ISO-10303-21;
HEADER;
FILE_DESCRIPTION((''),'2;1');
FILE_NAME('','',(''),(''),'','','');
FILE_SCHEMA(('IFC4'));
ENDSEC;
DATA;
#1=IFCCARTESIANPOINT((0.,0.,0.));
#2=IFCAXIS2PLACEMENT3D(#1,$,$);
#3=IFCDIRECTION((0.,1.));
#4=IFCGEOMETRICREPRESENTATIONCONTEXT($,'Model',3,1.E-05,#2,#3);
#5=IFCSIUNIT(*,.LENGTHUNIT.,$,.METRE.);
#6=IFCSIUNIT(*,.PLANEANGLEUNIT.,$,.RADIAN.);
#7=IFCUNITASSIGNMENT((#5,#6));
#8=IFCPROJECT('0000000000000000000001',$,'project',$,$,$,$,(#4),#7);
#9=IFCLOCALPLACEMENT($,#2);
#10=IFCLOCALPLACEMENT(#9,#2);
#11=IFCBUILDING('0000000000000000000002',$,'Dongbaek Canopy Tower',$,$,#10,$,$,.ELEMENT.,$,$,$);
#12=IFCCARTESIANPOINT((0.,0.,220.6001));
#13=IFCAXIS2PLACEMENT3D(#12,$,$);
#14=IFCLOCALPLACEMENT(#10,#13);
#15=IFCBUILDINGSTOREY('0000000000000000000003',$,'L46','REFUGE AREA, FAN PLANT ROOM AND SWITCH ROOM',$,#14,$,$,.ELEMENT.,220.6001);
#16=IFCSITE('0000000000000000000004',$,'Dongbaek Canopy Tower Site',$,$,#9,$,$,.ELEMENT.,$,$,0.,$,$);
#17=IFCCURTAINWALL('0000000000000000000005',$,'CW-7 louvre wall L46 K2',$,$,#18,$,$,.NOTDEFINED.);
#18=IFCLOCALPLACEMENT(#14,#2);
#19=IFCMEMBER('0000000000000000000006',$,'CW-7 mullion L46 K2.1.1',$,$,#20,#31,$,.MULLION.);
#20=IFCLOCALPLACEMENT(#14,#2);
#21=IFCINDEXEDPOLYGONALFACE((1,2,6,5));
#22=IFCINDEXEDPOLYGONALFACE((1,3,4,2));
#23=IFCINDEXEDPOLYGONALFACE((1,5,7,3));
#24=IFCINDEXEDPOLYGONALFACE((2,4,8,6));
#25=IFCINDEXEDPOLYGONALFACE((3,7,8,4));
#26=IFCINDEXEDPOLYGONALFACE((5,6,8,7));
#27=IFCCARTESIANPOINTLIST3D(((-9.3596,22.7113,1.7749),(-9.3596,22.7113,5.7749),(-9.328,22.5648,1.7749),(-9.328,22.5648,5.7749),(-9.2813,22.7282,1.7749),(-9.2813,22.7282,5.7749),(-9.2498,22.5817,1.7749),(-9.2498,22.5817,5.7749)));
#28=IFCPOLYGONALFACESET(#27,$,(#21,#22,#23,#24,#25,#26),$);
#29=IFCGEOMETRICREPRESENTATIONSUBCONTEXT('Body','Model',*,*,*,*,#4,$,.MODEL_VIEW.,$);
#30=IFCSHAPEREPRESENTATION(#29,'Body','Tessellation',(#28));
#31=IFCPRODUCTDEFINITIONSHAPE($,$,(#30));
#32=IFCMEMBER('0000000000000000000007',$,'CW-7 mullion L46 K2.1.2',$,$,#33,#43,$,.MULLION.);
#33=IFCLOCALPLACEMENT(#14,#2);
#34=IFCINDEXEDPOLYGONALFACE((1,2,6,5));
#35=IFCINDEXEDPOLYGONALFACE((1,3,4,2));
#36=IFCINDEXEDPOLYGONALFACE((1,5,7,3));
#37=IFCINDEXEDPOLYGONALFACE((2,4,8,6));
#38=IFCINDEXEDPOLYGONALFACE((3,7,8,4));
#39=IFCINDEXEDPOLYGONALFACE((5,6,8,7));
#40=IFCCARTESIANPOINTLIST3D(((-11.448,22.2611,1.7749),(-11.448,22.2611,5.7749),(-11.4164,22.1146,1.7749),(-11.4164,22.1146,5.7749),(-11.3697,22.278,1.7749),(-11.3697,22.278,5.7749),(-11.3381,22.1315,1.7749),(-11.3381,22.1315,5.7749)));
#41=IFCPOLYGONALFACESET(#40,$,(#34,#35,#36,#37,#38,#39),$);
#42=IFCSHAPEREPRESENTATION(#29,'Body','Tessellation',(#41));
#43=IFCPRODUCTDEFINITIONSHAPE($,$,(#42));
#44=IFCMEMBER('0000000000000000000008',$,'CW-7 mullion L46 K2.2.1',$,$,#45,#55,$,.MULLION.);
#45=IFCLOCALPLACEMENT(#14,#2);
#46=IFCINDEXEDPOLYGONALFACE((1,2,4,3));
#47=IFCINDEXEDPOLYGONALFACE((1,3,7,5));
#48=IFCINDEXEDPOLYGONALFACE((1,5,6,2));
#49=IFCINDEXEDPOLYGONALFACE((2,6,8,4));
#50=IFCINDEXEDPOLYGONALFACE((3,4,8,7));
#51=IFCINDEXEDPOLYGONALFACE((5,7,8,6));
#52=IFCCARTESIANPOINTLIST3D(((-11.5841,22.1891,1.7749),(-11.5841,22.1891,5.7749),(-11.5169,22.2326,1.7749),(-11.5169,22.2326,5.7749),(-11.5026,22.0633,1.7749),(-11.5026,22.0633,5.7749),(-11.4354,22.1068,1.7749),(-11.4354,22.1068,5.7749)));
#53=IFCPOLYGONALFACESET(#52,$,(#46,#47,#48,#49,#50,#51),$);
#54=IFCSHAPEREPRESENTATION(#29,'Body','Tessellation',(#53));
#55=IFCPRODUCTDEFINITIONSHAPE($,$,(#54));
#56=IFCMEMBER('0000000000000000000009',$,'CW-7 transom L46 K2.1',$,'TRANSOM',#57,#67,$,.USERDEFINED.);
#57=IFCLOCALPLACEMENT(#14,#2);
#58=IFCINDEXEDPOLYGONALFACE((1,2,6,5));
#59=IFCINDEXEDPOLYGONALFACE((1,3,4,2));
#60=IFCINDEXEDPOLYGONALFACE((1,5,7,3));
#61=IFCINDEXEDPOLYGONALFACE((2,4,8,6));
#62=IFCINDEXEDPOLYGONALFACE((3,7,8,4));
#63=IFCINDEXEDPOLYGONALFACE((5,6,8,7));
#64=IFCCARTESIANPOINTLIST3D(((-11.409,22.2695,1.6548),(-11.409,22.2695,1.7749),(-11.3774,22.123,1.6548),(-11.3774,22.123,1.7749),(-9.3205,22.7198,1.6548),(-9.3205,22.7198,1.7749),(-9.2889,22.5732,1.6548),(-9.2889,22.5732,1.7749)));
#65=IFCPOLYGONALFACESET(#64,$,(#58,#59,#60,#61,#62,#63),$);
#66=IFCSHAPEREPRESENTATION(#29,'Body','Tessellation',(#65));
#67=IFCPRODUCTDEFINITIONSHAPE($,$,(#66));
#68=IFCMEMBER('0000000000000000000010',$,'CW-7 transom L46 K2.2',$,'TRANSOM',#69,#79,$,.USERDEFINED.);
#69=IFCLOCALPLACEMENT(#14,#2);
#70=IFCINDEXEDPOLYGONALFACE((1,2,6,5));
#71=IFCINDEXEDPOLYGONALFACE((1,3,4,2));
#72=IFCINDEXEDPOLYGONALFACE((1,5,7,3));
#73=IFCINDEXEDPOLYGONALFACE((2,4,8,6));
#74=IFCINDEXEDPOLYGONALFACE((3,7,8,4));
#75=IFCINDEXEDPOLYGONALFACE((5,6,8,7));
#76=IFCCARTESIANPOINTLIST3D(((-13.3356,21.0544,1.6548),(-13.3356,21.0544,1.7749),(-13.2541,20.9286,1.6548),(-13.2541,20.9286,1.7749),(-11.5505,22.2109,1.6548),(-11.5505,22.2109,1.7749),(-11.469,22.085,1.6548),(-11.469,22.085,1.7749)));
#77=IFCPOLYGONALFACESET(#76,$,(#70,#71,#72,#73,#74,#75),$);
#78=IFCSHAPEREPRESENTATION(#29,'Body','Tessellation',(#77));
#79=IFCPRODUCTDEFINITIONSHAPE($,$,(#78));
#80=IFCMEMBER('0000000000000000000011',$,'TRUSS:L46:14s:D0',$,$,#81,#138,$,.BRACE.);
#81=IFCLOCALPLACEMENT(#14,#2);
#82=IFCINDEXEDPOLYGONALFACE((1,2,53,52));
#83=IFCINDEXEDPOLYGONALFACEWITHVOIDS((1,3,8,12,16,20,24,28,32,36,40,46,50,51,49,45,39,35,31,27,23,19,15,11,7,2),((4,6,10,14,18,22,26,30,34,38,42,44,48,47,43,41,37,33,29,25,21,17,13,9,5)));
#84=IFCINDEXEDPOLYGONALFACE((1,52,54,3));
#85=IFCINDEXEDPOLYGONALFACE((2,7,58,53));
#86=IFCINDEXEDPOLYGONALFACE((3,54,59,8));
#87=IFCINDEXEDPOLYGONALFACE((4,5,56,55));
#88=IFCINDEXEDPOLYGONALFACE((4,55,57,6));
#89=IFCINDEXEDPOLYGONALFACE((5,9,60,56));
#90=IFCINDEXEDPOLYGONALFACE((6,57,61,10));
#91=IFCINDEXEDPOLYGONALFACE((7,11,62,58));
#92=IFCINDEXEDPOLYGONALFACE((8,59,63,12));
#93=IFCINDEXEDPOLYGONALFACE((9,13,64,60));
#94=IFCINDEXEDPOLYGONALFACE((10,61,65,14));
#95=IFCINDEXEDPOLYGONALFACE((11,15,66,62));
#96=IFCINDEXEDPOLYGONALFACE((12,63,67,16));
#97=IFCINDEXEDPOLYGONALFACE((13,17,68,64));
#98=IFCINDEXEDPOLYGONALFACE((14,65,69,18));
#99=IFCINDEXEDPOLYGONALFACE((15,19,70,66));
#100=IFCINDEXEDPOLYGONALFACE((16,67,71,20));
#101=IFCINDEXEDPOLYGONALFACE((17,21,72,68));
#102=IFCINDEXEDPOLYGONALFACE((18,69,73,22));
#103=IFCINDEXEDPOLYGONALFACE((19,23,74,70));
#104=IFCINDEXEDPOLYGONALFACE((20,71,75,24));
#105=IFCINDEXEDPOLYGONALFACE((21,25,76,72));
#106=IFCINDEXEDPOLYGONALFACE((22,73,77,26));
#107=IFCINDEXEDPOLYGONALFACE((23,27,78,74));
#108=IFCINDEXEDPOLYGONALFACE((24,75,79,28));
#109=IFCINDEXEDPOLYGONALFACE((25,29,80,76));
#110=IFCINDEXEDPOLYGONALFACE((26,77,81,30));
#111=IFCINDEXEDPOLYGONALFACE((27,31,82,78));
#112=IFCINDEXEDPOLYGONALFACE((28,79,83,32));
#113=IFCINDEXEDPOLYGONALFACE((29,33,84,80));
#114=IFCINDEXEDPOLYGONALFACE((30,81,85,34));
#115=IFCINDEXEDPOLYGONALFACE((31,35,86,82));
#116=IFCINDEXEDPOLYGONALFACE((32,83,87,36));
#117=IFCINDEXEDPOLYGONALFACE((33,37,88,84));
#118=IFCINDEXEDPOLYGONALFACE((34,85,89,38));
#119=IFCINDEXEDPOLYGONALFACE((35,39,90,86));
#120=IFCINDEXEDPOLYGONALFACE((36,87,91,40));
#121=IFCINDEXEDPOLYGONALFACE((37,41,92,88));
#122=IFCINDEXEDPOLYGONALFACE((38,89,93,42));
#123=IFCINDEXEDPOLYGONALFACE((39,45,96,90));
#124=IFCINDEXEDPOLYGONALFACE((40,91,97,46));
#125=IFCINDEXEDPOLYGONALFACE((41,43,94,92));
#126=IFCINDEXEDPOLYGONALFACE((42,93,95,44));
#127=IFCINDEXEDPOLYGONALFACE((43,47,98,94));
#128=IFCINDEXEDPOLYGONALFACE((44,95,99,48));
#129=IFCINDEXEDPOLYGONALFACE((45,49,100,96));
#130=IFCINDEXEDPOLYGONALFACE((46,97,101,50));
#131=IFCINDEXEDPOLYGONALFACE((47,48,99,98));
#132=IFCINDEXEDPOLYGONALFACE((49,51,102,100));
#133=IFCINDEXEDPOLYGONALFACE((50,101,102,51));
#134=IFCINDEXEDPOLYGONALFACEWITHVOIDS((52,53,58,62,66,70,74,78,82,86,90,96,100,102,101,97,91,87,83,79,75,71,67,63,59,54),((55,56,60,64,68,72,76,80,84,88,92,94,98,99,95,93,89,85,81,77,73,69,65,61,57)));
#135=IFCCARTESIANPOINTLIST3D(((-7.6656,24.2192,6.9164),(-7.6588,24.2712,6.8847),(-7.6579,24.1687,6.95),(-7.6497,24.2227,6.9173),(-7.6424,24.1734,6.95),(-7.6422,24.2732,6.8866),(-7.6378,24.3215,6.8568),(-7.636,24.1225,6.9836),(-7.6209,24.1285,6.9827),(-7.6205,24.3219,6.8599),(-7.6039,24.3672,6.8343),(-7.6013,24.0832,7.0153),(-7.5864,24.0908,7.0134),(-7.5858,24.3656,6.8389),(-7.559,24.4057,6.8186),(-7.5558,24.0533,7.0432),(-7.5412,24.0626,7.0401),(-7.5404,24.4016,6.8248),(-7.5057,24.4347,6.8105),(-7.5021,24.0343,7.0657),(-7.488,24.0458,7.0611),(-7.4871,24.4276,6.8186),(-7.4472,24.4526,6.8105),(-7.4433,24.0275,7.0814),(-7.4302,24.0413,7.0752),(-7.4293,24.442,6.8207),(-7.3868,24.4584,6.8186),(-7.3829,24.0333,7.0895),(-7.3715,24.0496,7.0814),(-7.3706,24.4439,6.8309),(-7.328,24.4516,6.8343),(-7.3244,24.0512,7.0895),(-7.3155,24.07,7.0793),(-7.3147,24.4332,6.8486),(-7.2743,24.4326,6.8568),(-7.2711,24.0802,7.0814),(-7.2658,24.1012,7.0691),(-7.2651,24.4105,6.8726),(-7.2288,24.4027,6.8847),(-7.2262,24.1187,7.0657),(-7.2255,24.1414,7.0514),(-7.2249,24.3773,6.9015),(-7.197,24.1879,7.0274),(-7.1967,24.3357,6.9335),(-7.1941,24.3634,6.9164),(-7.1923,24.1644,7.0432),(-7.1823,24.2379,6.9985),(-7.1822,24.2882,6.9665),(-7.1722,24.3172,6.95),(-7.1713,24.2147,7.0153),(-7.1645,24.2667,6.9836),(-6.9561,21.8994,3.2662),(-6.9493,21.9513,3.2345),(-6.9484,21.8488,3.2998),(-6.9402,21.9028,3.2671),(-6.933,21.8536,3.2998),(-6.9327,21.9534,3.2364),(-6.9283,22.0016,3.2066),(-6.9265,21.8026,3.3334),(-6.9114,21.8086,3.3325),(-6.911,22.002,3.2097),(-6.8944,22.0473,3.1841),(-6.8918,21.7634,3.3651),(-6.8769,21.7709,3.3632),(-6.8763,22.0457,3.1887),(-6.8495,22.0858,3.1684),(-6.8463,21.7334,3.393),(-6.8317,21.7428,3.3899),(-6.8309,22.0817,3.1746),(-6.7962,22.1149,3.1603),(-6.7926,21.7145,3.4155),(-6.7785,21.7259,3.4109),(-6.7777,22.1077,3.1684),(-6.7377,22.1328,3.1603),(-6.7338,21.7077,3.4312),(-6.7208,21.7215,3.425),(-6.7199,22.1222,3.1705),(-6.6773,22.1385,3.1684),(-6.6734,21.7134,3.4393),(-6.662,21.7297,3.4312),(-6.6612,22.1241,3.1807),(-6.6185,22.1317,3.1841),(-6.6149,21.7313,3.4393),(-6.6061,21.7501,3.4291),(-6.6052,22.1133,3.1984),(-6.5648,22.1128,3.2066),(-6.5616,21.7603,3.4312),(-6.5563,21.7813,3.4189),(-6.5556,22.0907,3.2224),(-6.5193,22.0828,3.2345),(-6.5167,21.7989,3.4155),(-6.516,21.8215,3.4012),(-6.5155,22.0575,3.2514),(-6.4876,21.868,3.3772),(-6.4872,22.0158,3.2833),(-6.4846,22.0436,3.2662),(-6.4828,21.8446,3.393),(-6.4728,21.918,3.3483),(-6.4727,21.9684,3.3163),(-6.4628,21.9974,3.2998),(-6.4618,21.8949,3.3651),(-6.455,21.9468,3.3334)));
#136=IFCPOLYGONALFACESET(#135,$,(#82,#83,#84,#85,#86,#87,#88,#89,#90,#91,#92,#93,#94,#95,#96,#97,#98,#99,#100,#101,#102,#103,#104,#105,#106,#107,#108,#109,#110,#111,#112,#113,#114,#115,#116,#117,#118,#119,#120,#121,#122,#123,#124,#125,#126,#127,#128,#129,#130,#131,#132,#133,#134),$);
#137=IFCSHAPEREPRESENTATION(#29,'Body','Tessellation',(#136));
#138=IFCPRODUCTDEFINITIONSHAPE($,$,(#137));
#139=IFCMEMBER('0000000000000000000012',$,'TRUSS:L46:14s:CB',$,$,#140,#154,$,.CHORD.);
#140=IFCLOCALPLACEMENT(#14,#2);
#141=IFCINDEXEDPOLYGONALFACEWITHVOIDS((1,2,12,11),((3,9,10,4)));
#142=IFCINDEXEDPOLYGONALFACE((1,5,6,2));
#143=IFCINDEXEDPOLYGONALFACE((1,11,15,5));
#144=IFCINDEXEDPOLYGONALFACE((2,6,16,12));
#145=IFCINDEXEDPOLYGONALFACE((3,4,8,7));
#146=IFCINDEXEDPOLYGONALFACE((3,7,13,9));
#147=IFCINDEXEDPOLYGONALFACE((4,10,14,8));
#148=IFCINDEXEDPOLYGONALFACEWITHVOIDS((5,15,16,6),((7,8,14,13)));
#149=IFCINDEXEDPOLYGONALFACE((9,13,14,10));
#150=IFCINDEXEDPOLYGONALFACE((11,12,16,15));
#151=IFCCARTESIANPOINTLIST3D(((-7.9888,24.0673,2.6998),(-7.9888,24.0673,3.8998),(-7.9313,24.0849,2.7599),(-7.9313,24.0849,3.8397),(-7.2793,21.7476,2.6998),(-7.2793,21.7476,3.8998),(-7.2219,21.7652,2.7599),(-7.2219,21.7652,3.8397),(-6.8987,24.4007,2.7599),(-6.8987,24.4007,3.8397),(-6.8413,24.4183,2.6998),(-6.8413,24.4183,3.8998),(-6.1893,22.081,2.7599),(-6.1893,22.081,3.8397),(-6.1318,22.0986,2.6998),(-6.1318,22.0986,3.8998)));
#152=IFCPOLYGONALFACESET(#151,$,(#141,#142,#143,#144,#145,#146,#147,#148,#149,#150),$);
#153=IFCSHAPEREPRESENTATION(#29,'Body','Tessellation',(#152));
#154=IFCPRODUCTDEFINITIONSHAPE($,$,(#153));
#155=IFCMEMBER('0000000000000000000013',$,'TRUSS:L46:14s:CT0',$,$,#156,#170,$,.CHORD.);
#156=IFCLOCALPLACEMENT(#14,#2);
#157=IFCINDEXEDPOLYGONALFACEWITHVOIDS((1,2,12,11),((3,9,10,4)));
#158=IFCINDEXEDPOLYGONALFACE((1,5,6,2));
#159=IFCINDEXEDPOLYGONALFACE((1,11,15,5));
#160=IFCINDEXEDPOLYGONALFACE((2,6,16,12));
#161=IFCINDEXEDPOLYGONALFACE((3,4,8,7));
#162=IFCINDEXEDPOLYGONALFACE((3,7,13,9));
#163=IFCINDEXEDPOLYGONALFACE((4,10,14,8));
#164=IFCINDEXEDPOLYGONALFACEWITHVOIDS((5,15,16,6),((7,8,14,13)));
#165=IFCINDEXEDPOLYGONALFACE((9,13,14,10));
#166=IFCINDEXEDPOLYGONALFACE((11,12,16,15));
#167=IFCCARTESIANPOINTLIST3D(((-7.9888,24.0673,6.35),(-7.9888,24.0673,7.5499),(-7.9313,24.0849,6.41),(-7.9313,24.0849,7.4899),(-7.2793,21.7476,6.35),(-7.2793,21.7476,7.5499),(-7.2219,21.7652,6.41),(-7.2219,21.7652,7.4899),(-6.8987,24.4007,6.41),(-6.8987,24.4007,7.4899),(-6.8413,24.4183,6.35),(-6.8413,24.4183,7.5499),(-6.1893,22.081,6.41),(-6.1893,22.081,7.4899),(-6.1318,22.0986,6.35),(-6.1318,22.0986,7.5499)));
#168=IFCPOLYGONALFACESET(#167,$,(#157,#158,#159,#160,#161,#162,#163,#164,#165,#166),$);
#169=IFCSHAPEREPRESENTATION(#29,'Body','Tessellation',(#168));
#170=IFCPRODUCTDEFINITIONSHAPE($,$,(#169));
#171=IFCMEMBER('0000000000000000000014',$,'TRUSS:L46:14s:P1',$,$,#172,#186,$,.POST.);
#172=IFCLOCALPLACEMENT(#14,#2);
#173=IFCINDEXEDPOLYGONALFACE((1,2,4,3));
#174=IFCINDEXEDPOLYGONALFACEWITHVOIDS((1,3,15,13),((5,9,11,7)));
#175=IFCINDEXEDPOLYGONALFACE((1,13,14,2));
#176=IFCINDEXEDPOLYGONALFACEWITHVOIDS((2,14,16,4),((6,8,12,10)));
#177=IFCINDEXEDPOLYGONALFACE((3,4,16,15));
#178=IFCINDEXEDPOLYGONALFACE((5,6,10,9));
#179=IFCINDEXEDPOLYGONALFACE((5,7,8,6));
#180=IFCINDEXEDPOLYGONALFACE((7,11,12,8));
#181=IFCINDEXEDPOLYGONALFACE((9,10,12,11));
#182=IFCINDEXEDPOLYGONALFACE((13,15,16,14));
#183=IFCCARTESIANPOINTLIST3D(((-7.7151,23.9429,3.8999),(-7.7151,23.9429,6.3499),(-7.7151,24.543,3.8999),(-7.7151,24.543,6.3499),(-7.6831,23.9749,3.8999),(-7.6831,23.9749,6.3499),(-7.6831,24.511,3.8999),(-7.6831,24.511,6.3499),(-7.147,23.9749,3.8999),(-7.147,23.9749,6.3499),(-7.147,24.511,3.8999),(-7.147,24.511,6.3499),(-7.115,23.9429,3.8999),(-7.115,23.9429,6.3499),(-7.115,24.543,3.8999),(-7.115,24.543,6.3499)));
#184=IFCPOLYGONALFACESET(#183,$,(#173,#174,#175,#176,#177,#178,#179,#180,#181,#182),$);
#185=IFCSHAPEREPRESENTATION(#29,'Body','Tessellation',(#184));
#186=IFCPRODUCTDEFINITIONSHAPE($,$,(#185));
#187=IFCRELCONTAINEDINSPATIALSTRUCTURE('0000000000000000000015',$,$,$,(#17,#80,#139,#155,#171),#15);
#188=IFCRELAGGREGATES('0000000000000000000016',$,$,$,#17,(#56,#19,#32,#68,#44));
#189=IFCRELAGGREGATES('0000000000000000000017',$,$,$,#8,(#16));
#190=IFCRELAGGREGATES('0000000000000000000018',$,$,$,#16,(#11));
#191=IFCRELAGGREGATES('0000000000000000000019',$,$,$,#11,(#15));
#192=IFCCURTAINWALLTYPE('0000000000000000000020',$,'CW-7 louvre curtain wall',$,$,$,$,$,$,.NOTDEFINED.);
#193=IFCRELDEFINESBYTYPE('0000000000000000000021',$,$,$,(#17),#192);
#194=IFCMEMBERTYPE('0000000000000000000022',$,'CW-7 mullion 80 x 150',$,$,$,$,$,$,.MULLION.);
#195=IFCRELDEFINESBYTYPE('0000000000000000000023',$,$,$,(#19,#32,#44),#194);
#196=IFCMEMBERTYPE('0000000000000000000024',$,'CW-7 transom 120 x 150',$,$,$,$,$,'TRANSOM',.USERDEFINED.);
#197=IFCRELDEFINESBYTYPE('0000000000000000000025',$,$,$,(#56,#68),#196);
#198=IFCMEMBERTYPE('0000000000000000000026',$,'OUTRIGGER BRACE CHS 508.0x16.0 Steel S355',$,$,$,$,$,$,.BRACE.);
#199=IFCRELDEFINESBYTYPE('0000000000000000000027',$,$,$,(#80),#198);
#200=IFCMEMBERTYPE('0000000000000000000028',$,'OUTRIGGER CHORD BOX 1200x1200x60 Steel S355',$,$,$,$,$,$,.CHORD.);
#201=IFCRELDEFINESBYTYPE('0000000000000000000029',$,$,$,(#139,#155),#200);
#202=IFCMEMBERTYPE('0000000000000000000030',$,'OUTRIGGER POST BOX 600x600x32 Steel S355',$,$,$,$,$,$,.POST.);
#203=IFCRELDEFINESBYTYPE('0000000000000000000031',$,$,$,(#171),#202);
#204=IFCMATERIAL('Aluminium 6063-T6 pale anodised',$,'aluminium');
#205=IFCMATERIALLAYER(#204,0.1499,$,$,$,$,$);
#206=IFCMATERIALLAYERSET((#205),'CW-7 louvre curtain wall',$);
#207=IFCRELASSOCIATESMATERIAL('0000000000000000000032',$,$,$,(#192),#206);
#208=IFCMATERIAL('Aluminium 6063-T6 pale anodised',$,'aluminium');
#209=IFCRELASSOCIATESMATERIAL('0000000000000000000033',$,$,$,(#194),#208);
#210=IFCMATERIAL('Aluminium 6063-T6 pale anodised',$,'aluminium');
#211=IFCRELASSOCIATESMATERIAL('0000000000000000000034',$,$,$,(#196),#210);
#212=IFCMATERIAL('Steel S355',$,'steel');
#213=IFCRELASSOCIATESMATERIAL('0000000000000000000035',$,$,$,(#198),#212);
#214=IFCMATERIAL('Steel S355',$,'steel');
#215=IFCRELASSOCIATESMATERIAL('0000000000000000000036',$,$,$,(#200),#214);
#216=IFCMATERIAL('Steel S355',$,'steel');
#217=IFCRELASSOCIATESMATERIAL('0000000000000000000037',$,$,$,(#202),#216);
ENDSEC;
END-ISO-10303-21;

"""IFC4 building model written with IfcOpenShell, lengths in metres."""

from ifc_helpers import new_model, si_unit, direction, frame, origin, origin_2d, place, context, subcontext, project, spatial, rectangle, hollow_rectangle, hollow_circle, extrude, material, layer, layer_set, material_profile, profile_set, type_object, element, aggregate, save


model = new_model("IFC4")

# Units and contexts
model_context = context("Model", 3, precision=1e-05, world=origin(), true_north=direction((0.0, 1.0)))
body_context = subcontext(model_context, "Body", "Model", "MODEL_VIEW")
ifc_project = project(units=[si_unit("LENGTHUNIT", "METRE"), si_unit("PLANEANGLEUNIT", "RADIAN")], contexts=[model_context])

# Site, building, storey
site_placement = place(None, origin())
site = spatial("IfcSite", under=ifc_project, at=site_placement, Name="Dongbaek Canopy Tower Site", CompositionType="ELEMENT", RefElevation=0.0)
building_placement = place(site_placement, origin())
building = spatial("IfcBuilding", under=site, at=building_placement, Name="Dongbaek Canopy Tower", CompositionType="ELEMENT")
storey_placement = place(building_placement, frame((0.0, 0.0, 220.6001)))
storey = spatial("IfcBuildingStorey", under=building, at=storey_placement, Name="L46", Description="REFUGE AREA, FAN PLANT ROOM AND SWITCH ROOM", CompositionType="ELEMENT", Elevation=220.6001)

# Shared definitions
ifc_material_1 = material(Name="Aluminium 6063-T6 pale anodised", Category="aluminium")
ifc_layer_1 = layer(ifc_material_1, 0.1499)
ifc_layer_set_1 = layer_set([ifc_layer_1], Name="CW-7 louvre curtain wall")
curtain_wall_type = type_object("IfcCurtainWallType", Name="CW-7 louvre curtain wall", PredefinedType="NOTDEFINED", material=ifc_layer_set_1)
ifc_material_2 = material(Name="Aluminium 6063-T6 pale anodised", Category="aluminium")
ifc_material_profile_1 = material_profile(ifc_material_2, rectangle(XDim=0.1499, YDim=0.0801, at=origin_2d()), Name="CW-7 mullion 80 x 150")
ifc_profile_set_1 = profile_set([ifc_material_profile_1], Name="Aluminium 6063-T6 pale anodised")
member_type_1 = type_object("IfcMemberType", Name="CW-7 mullion 80 x 150", PredefinedType="MULLION", material=ifc_profile_set_1)

# Curtain wall, members
curtain_wall_1_placement = place(storey_placement, origin())
curtain_wall_1 = element("IfcCurtainWall", 1, at=curtain_wall_1_placement, inside=storey, type_object=curtain_wall_type, Name="CW-7 louvre wall L46 K2", PredefinedType="NOTDEFINED")
member_1_placement = place(storey_placement, frame((-9.3047, 22.6465, 1.7749), z_axis=(0.0, 0.0, 1.0), x_axis=(-0.210684, 0.977554, 0.0)))
member_1 = element("IfcMember", 2, at=member_1_placement, type_object=member_type_1, Name="CW-7 mullion L46 K2.1.1", PredefinedType="MULLION", context=body_context, shape_type="SweptSolid", body=[
    extrude(rectangle(XDim=0.1499, YDim=0.0801, at=origin_2d()), origin(), (0.0, 0.0, 1.0), 4.0),
])
member_2_placement = place(storey_placement, frame((-11.3931, 22.1963, 1.7749), z_axis=(0.0, 0.0, 1.0), x_axis=(-0.210684, 0.977554, 0.0)))
member_2 = element("IfcMember", 3, at=member_2_placement, type_object=member_type_1, Name="CW-7 mullion L46 K2.1.2", PredefinedType="MULLION", context=body_context, shape_type="SweptSolid", body=[
    extrude(rectangle(XDim=0.1499, YDim=0.0801, at=origin_2d()), origin(), (0.0, 0.0, 1.0), 4.0),
])
member_3_placement = place(storey_placement, frame((-11.5098, 22.1479, 1.7749), z_axis=(0.0, 0.0, 1.0), x_axis=(-0.543736, 0.839256, 0.0)))
member_3 = element("IfcMember", 4, at=member_3_placement, type_object=member_type_1, Name="CW-7 mullion L46 K2.2.1", PredefinedType="MULLION", context=body_context, shape_type="SweptSolid", body=[
    extrude(rectangle(XDim=0.1499, YDim=0.0801, at=origin_2d()), origin(), (0.0, 0.0, 1.0), 4.0),
])
ifc_material_3 = material(Name="Aluminium 6063-T6 pale anodised", Category="aluminium")
ifc_material_profile_2 = material_profile(ifc_material_3, rectangle(XDim=0.1499, YDim=0.1201, at=origin_2d()), Name="CW-7 transom 120 x 150")
ifc_profile_set_2 = profile_set([ifc_material_profile_2], Name="Aluminium 6063-T6 pale anodised")
member_type_2 = type_object("IfcMemberType", Name="CW-7 transom 120 x 150", ElementType="TRANSOM", PredefinedType="USERDEFINED", material=ifc_profile_set_2)
member_4_placement = place(storey_placement, frame((-9.3047, 22.6465, 1.7148), z_axis=(-0.977544, -0.210731, 0.0), x_axis=(0.210731, -0.977544, 0.0)))
member_4 = element("IfcMember", 5, at=member_4_placement, type_object=member_type_2, Name="CW-7 transom L46 K2.1", ObjectType="TRANSOM", PredefinedType="USERDEFINED", context=body_context, shape_type="SweptSolid", body=[
    extrude(rectangle(XDim=0.1499, YDim=0.1201, at=origin_2d()), origin(), (0.0, 0.0, 1.0), 2.1365),
])
member_5_placement = place(storey_placement, frame((-11.5098, 22.1479, 1.7148), z_axis=(-0.839271, -0.543713, 0.0), x_axis=(0.543713, -0.839271, 0.0)))
member_5 = element("IfcMember", 6, at=member_5_placement, type_object=member_type_2, Name="CW-7 transom L46 K2.2", ObjectType="TRANSOM", PredefinedType="USERDEFINED", context=body_context, shape_type="SweptSolid", body=[
    extrude(rectangle(XDim=0.1499, YDim=0.1201, at=origin_2d()), origin(), (0.0, 0.0, 1.0), 2.127),
])

# Members
ifc_material_4 = material(Name="Steel S355", Category="steel")
ifc_material_profile_3 = material_profile(ifc_material_4, hollow_circle(Radius=0.2539, WallThickness=0.0161, at=origin_2d()), Name="OUTRIGGER BRACE CHS 508.0x16.0 Steel S355")
ifc_profile_set_3 = profile_set([ifc_material_profile_3], Name="Steel S355")
member_type_3 = type_object("IfcMemberType", Name="OUTRIGGER BRACE CHS 508.0x16.0 Steel S355", PredefinedType="BRACE", material=ifc_profile_set_3)
member_6_placement = place(storey_placement, frame((-6.7056, 21.9231, 3.2998), z_axis=(-0.161878, 0.529308, 0.832844), x_axis=(-0.956278, -0.292459, 0.0)))
element("IfcMember", 7, at=member_6_placement, inside=storey, type_object=member_type_3, Name="TRUSS:L46:14s:D0", PredefinedType="BRACE", context=body_context, shape_type="SweptSolid", body=[
    extrude(hollow_circle(Radius=0.2539, WallThickness=0.0161, at=origin_2d()), origin(), (0.0, 0.0, 1.0), 4.3828),
])
ifc_material_5 = material(Name="Steel S355", Category="steel")
ifc_material_profile_4 = material_profile(ifc_material_5, hollow_rectangle(XDim=1.2, YDim=1.2, WallThickness=0.0601, at=origin_2d()), Name="OUTRIGGER CHORD BOX 1200x1200x60 Steel S355")
ifc_profile_set_4 = profile_set([ifc_material_profile_4], Name="Steel S355")
member_type_4 = type_object("IfcMemberType", Name="OUTRIGGER CHORD BOX 1200x1200x60 Steel S355", PredefinedType="CHORD", material=ifc_profile_set_4)
for number, where, z_axis, x_axis, name in (
    (8, (-6.7056, 21.9231, 3.2998), (-0.292459, 0.956278, 0.0), (-0.956278, -0.292459, 0.0), "TRUSS:L46:14s:CB"),
    (9, (-6.7056, 21.9231, 6.95), (-0.292459, 0.956278, 0.0), (-0.956278, -0.292459, 0.0), "TRUSS:L46:14s:CT0"),
):
    element("IfcMember", number, at=place(storey_placement, frame(where, z_axis=z_axis, x_axis=x_axis)), inside=storey, type_object=member_type_4, Name=name, PredefinedType="CHORD", context=body_context, shape_type="SweptSolid", body=[
        extrude(hollow_rectangle(XDim=1.2, YDim=1.2, WallThickness=0.0601, at=origin_2d()), origin(), (0.0, 0.0, 1.0), 2.4258),
    ])
ifc_material_6 = material(Name="Steel S355", Category="steel")
ifc_material_profile_5 = material_profile(ifc_material_6, hollow_rectangle(XDim=0.6001, YDim=0.6001, WallThickness=0.032, at=origin_2d()), Name="OUTRIGGER POST BOX 600x600x32 Steel S355")
ifc_profile_set_5 = profile_set([ifc_material_profile_5], Name="Steel S355")
member_type_5 = type_object("IfcMemberType", Name="OUTRIGGER POST BOX 600x600x32 Steel S355", PredefinedType="POST", material=ifc_profile_set_5)
member_7_placement = place(storey_placement, frame((-7.415, 24.2429, 3.8999), z_axis=(0.0, 0.0, 1.0), x_axis=(1.0, 0.0, 0.0)))
element("IfcMember", 10, at=member_7_placement, inside=storey, type_object=member_type_5, Name="TRUSS:L46:14s:P1", PredefinedType="POST", context=body_context, shape_type="SweptSolid", body=[
    extrude(hollow_rectangle(XDim=0.6001, YDim=0.6001, WallThickness=0.032, at=origin_2d()), origin(), (0.0, 0.0, 1.0), 2.45),
])

aggregate(curtain_wall_1, [member_4, member_1, member_2, member_5, member_3])

save(model, "model.ifc")
